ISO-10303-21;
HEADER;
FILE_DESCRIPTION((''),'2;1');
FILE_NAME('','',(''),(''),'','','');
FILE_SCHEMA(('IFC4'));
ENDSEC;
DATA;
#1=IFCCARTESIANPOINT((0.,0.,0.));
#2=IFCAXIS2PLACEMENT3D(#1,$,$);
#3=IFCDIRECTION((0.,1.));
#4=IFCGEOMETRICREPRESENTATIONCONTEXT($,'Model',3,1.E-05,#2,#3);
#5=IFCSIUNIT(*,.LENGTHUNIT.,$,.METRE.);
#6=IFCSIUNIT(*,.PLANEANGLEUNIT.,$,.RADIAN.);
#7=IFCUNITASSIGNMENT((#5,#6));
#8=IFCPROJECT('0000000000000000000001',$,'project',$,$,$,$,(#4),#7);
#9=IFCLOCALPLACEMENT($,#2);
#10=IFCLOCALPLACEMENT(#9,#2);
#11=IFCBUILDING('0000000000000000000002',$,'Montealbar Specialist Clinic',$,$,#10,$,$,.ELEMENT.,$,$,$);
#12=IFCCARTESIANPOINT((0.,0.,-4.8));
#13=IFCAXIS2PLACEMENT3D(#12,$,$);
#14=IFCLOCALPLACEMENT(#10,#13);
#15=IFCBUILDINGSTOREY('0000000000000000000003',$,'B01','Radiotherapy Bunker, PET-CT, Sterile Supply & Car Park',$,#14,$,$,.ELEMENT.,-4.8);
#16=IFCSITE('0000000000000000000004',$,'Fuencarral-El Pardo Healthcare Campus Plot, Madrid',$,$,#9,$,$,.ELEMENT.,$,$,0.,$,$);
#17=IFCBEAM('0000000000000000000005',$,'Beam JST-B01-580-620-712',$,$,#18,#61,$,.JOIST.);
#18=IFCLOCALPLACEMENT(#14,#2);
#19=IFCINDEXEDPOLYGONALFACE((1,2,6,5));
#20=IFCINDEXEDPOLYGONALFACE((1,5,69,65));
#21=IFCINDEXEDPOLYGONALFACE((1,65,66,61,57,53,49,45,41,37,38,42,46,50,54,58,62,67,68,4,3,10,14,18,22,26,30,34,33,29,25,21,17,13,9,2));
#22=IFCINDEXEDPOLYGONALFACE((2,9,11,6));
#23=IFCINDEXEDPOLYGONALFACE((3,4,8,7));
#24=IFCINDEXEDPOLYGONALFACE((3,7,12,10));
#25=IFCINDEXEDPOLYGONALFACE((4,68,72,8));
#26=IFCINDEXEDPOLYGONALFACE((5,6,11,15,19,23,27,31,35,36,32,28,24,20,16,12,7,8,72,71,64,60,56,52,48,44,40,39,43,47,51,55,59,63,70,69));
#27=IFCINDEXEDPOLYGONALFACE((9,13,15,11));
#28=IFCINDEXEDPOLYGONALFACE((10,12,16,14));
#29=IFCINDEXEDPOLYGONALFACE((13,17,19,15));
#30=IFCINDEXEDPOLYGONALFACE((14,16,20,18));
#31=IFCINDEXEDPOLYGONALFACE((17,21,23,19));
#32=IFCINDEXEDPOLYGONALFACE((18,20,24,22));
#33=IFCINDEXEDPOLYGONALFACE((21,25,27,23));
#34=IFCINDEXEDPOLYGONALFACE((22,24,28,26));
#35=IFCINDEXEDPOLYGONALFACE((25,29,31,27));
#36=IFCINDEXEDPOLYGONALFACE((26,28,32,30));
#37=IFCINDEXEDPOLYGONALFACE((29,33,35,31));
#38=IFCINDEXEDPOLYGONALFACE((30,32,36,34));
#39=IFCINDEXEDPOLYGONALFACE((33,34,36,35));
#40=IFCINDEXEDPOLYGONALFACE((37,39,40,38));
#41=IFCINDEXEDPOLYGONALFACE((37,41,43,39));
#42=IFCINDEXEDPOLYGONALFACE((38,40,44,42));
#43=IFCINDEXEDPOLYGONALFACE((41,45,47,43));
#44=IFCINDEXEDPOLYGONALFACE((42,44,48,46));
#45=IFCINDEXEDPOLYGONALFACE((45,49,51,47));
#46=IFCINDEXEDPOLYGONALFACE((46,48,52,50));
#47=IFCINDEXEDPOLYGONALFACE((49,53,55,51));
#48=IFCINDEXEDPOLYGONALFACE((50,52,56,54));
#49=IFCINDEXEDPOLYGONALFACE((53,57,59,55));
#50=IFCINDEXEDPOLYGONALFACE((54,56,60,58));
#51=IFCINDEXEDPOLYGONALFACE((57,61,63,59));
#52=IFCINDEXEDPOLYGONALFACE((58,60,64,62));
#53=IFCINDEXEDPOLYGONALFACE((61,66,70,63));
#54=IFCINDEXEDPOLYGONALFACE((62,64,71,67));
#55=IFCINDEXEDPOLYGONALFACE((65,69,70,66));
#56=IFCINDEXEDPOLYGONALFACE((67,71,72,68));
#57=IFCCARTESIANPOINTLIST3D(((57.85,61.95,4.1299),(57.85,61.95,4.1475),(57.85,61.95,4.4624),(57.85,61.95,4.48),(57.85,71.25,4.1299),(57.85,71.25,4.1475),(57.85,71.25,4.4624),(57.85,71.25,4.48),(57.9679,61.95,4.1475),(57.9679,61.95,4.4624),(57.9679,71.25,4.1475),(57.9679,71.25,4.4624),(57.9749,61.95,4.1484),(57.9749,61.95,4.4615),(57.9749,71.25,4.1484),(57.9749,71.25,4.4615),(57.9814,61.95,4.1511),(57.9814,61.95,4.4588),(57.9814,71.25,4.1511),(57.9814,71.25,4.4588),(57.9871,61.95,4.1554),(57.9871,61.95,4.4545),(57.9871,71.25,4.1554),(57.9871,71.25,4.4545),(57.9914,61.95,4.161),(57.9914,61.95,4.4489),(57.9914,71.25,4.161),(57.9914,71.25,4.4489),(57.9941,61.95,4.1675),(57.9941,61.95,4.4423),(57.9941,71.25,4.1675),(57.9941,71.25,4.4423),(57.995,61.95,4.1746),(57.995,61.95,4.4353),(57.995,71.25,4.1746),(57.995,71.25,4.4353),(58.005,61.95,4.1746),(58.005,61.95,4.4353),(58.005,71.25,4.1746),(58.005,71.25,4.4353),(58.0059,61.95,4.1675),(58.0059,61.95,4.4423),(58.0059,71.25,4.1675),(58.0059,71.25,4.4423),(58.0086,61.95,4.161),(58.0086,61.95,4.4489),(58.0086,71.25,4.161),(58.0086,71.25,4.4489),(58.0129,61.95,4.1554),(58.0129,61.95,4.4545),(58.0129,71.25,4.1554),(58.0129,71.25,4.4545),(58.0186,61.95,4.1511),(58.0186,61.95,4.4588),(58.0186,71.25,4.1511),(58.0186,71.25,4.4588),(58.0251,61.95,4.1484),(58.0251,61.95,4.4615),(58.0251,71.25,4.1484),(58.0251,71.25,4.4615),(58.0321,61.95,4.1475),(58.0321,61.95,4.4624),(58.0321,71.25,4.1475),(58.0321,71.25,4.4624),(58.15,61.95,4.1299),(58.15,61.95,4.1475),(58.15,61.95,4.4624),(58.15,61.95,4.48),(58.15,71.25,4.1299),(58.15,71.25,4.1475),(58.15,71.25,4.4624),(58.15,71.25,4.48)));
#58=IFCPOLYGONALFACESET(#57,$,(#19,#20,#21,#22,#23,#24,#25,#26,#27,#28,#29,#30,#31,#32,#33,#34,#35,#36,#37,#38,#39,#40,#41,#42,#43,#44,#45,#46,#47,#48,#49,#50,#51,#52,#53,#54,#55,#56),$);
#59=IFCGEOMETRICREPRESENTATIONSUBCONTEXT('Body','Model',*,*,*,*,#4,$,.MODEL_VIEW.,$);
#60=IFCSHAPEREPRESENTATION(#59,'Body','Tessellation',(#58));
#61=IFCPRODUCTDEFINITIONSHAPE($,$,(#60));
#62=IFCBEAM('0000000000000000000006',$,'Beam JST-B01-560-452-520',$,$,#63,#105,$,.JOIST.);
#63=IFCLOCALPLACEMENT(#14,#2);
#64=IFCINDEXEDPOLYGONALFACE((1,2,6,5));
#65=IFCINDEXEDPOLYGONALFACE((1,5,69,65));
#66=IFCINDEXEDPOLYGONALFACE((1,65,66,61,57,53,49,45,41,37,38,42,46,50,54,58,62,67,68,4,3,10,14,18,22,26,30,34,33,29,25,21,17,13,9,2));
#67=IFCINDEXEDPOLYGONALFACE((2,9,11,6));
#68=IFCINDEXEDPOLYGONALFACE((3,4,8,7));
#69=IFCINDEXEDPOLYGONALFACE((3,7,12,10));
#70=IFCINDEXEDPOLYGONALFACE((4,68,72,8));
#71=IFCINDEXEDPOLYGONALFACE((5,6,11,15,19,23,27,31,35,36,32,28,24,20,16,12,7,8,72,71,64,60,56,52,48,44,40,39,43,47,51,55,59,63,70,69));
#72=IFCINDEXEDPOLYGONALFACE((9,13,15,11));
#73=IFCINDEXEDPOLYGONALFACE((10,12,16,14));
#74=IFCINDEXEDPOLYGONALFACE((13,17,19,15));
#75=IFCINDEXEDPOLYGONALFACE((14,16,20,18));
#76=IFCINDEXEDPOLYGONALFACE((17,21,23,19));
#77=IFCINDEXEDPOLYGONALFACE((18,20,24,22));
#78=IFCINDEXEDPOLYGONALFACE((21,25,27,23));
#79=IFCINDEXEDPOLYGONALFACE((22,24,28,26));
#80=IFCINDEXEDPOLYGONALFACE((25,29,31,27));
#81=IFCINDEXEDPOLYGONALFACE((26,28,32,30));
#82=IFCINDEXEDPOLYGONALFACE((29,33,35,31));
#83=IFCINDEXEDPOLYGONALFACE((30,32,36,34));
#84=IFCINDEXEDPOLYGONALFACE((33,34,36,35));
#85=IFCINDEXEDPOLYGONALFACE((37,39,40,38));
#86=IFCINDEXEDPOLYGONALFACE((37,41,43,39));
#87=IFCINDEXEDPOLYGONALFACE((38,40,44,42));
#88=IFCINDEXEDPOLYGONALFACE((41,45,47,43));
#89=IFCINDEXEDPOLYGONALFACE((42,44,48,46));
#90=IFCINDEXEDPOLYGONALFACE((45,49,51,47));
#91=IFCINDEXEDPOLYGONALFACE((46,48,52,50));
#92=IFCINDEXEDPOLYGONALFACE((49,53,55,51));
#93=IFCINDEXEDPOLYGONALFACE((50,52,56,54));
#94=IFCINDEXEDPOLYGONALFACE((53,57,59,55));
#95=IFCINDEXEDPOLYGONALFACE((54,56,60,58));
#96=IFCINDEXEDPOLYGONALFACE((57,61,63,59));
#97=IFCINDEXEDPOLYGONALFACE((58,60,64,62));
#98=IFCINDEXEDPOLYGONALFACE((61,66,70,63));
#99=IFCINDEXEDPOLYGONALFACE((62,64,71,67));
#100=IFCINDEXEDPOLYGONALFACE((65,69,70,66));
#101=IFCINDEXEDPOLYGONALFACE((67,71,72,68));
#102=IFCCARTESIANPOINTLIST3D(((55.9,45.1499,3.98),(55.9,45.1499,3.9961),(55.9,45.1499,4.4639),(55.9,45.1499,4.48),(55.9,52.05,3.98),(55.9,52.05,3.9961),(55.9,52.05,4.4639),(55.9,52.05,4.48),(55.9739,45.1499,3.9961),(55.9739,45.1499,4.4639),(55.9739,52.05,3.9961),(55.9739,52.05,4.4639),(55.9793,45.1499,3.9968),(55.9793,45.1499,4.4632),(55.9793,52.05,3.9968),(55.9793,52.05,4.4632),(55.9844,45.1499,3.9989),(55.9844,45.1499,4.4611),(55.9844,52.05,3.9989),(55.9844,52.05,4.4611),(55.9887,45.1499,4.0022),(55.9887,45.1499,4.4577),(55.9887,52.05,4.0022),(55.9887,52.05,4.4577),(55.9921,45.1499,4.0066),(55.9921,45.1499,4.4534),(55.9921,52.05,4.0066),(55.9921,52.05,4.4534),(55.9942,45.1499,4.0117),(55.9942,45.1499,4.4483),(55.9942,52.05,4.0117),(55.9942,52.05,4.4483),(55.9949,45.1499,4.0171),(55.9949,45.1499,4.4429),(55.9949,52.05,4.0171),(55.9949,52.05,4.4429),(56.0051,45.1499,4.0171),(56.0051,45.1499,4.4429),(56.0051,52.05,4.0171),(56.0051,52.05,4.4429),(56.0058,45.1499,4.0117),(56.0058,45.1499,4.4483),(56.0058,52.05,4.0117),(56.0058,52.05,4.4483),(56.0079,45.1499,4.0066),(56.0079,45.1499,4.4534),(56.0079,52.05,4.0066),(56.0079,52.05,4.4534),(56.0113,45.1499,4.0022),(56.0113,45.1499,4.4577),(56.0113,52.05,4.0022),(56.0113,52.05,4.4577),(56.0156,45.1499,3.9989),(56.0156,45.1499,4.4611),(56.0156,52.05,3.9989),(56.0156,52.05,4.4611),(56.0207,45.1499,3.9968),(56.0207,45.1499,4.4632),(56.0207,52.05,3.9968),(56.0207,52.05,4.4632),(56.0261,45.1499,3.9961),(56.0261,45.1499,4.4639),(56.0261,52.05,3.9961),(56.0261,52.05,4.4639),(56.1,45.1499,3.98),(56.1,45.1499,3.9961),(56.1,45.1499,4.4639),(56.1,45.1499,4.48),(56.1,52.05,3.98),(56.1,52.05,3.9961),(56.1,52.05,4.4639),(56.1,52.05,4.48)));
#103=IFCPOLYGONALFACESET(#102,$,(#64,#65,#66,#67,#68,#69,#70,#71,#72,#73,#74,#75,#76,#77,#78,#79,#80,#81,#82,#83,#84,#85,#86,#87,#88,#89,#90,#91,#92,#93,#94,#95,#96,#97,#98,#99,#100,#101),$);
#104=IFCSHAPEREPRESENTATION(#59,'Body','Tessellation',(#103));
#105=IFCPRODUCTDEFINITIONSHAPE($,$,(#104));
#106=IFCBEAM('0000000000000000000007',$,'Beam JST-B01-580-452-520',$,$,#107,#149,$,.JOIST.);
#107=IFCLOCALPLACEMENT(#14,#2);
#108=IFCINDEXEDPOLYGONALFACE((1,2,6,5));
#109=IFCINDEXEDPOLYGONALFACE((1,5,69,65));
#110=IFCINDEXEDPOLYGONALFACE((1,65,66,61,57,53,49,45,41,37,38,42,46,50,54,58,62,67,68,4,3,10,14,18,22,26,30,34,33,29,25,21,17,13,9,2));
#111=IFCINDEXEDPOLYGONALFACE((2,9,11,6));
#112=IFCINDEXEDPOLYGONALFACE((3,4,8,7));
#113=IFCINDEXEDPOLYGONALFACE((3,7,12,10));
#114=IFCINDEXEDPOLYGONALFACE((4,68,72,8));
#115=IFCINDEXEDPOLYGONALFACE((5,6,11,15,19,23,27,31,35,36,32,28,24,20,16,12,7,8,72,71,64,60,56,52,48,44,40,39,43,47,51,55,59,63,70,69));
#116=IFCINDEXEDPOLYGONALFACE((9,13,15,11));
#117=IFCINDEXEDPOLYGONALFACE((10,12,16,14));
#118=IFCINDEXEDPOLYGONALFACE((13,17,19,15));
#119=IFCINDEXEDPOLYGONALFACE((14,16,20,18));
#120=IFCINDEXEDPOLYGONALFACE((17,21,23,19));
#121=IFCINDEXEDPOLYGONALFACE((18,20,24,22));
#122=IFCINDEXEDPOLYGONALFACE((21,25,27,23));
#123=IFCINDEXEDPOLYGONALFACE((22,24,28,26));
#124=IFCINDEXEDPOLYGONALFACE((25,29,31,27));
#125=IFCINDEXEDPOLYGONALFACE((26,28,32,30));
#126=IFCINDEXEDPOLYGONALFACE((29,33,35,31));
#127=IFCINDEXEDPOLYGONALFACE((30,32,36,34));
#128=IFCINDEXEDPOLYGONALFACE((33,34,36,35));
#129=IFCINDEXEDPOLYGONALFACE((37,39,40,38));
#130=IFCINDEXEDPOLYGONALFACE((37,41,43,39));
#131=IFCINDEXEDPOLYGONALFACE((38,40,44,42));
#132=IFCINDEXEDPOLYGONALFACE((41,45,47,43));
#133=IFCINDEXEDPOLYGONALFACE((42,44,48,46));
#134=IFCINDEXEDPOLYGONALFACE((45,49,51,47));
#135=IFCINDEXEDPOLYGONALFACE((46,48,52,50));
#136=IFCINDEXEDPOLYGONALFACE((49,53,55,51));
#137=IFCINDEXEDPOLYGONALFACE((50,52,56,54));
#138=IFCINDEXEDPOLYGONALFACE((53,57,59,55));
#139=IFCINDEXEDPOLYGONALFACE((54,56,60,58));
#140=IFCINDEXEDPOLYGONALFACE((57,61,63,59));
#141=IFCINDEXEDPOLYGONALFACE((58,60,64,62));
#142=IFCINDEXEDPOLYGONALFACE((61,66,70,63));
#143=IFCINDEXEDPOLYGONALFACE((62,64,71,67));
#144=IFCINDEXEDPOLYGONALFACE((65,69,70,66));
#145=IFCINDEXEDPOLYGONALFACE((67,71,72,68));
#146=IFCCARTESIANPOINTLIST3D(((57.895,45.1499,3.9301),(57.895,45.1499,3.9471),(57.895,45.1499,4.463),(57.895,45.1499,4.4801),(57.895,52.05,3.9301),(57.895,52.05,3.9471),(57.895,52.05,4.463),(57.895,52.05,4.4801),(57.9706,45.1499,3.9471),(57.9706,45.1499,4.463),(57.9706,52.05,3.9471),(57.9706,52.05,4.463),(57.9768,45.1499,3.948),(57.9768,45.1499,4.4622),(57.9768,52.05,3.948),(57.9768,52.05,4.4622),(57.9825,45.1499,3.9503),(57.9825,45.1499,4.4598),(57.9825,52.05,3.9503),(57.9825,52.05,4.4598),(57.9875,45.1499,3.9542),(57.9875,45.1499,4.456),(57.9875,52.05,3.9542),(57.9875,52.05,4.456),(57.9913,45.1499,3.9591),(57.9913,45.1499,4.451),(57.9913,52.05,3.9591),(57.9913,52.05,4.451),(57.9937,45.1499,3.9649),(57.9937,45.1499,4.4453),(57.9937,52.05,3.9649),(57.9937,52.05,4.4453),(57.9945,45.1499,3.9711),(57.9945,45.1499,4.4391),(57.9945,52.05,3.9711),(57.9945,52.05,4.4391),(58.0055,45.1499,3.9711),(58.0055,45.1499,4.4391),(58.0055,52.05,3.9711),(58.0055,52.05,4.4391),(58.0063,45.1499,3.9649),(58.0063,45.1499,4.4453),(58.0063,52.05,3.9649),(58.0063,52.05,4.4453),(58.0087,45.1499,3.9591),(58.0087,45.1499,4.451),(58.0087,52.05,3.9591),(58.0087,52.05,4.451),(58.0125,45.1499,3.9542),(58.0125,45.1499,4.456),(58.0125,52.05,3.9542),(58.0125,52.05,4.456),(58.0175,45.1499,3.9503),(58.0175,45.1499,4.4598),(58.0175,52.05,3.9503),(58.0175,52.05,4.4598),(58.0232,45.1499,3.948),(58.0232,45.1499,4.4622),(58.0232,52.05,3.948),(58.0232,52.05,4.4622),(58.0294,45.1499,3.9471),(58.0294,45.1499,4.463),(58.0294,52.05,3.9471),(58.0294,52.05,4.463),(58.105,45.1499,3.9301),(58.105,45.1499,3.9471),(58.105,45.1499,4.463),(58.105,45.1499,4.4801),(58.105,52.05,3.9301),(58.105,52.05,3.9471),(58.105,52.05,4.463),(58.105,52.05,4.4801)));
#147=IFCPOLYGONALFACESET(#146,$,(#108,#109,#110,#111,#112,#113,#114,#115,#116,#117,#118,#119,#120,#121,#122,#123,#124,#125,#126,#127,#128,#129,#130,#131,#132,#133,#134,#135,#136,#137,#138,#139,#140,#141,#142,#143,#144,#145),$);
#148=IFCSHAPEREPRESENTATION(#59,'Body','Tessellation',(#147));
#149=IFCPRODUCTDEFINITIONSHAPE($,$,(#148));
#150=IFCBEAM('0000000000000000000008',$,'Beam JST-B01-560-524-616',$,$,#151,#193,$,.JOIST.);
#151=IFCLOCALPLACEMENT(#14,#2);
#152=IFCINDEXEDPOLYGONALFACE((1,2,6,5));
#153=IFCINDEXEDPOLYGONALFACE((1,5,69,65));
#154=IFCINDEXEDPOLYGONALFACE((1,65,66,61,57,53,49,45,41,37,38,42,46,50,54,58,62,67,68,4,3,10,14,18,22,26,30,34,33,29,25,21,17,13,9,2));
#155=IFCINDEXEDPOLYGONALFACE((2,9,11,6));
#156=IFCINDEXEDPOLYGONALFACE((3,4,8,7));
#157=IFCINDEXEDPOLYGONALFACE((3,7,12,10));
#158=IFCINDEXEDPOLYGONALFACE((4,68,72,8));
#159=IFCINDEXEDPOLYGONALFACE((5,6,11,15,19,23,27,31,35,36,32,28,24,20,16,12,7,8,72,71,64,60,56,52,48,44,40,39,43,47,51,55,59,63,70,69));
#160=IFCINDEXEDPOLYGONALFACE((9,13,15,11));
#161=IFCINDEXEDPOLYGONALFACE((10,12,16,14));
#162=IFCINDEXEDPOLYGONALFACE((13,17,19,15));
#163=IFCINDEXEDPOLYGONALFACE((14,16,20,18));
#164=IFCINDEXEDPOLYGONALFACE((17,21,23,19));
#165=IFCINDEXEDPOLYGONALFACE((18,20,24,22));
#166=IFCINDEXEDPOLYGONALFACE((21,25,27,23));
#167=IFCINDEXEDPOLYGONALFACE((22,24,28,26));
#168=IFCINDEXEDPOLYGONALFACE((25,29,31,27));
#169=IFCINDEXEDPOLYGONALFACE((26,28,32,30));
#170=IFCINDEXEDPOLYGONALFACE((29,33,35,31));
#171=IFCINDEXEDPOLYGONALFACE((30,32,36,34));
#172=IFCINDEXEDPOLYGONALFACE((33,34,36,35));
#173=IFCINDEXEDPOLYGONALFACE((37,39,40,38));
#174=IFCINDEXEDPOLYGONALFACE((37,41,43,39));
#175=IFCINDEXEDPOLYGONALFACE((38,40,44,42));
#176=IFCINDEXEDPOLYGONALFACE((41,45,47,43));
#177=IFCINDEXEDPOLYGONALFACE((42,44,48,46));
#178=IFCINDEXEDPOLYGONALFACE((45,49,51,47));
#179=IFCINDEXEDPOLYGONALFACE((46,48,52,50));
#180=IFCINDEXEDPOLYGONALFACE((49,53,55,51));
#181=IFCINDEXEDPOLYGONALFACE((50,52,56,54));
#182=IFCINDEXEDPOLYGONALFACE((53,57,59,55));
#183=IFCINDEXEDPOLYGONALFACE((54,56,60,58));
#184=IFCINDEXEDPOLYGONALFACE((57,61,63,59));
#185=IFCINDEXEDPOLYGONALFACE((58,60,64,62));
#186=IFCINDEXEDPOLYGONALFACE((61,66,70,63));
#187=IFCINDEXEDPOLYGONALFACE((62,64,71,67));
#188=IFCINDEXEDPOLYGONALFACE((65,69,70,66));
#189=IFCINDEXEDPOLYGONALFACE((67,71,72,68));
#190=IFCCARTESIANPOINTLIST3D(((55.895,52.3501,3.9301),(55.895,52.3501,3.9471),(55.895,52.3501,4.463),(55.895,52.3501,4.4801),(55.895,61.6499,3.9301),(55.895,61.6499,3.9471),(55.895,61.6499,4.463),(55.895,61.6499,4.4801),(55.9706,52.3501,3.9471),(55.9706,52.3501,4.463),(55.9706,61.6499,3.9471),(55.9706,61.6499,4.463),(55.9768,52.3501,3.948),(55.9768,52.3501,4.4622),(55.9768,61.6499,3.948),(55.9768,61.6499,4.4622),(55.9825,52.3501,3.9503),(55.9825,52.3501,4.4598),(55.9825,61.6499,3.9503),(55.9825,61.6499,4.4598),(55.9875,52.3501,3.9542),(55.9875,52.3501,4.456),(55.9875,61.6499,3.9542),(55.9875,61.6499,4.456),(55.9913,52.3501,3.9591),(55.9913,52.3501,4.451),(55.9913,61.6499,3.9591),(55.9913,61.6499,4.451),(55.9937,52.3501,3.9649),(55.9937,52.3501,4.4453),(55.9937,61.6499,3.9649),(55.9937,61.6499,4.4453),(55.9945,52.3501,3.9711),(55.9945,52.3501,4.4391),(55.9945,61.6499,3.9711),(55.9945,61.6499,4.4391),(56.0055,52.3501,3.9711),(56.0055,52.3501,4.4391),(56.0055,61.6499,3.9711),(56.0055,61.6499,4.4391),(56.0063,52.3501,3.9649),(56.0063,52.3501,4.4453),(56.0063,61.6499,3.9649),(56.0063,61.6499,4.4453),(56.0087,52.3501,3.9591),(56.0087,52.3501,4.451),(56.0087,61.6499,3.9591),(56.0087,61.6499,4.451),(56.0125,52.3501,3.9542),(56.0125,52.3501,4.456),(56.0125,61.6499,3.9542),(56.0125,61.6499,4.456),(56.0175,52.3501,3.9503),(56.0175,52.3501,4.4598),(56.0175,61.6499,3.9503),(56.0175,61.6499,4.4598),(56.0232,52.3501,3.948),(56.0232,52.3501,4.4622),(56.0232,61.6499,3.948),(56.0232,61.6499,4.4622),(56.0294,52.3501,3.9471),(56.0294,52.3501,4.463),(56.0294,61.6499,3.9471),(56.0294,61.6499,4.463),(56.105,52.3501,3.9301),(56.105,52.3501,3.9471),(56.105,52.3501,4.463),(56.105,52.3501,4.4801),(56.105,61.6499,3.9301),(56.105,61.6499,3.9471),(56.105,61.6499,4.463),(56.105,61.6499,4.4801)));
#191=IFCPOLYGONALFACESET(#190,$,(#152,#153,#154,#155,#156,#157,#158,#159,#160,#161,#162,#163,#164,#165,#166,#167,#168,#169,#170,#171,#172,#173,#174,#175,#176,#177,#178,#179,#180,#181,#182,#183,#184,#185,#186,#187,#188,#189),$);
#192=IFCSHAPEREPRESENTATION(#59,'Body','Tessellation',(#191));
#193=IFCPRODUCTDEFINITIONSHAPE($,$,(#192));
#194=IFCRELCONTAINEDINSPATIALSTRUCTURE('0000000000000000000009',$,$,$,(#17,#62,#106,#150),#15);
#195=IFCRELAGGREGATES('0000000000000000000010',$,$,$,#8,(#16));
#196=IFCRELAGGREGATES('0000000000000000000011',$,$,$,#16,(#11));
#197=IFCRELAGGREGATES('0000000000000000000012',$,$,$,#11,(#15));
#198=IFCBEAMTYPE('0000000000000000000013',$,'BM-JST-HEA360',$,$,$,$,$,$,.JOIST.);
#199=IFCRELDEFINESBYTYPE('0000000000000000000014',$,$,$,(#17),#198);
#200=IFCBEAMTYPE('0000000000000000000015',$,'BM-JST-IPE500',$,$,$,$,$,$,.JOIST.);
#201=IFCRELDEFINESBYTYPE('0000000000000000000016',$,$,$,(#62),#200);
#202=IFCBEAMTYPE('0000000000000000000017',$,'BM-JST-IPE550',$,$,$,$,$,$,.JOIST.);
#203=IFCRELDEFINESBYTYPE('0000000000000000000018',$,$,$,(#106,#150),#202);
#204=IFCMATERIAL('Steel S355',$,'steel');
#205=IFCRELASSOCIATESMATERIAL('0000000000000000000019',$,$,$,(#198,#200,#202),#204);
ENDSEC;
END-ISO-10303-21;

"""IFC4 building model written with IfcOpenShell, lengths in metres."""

from ifc_helpers import new_model, si_unit, direction, frame, origin, origin_2d, place, context, subcontext, project, spatial, i_section, extrude, material, material_profile, profile_set, type_object, element, save


model = new_model("IFC4")

# Units and contexts
model_context = context("Model", 3, precision=1e-05, world=origin(), true_north=direction((0.0, 1.0)))
body_context = subcontext(model_context, "Body", "Model", "MODEL_VIEW")
ifc_project = project(units=[si_unit("LENGTHUNIT", "METRE"), si_unit("PLANEANGLEUNIT", "RADIAN")], contexts=[model_context])

# Site, building, storey
site_placement = place(None, origin())
site = spatial("IfcSite", under=ifc_project, at=site_placement, Name="Fuencarral-El Pardo Healthcare Campus Plot, Madrid", CompositionType="ELEMENT", RefElevation=0.0)
building_placement = place(site_placement, origin())
building = spatial("IfcBuilding", under=site, at=building_placement, Name="Montealbar Specialist Clinic", CompositionType="ELEMENT")
storey_placement = place(building_placement, frame((0.0, 0.0, -4.8)))
storey = spatial("IfcBuildingStorey", under=building, at=storey_placement, Name="B01", Description="Radiotherapy Bunker, PET-CT, Sterile Supply & Car Park", CompositionType="ELEMENT", Elevation=-4.8)

# Shared definitions
ifc_material_1 = material(Name="Steel S355", Category="steel")

# Beams
ifc_material_profile_1 = material_profile(ifc_material_1, i_section(OverallWidth=0.3, OverallDepth=0.3501, WebThickness=0.01, FlangeThickness=0.0176, FilletRadius=0.0271, at=origin_2d()), Name="HEA 360", Category="steel")
ifc_profile_set_1 = profile_set([ifc_material_profile_1], Name="Steel S355")
beam_type_1 = type_object("IfcBeamType", Name="BM-JST-HEA360", PredefinedType="JOIST", material=ifc_profile_set_1)
beam_1_placement = place(storey_placement, frame((58.0, 61.95, 4.3049), z_axis=(0.0, 1.0, 0.0), x_axis=(-1.0, 0.0, 0.0)))
element("IfcBeam", 1, at=beam_1_placement, inside=storey, type_object=beam_type_1, Name="Beam JST-B01-580-620-712", PredefinedType="JOIST", context=body_context, shape_type="SweptSolid", body=[
    extrude(i_section(OverallWidth=0.3, OverallDepth=0.3501, WebThickness=0.01, FlangeThickness=0.0176, FilletRadius=0.0271, at=origin_2d()), origin(), (0.0, 0.0, 1.0), 9.3),
])
ifc_material_profile_2 = material_profile(ifc_material_1, i_section(OverallWidth=0.2, OverallDepth=0.5, WebThickness=0.0103, FlangeThickness=0.0161, FilletRadius=0.021, at=origin_2d()), Name="IPE 500", Category="steel")
ifc_profile_set_2 = profile_set([ifc_material_profile_2], Name="Steel S355")
beam_type_2 = type_object("IfcBeamType", Name="BM-JST-IPE500", PredefinedType="JOIST", material=ifc_profile_set_2)
beam_2_placement = place(storey_placement, frame((56.0, 45.1499, 4.23), z_axis=(0.0, 1.0, 0.0), x_axis=(-1.0, 0.0, 0.0)))
element("IfcBeam", 2, at=beam_2_placement, inside=storey, type_object=beam_type_2, Name="Beam JST-B01-560-452-520", PredefinedType="JOIST", context=body_context, shape_type="SweptSolid", body=[
    extrude(i_section(OverallWidth=0.2, OverallDepth=0.5, WebThickness=0.0103, FlangeThickness=0.0161, FilletRadius=0.021, at=origin_2d()), origin(), (0.0, 0.0, 1.0), 6.9001),
])
ifc_material_profile_3 = material_profile(ifc_material_1, i_section(OverallWidth=0.21, OverallDepth=0.55, WebThickness=0.011, FlangeThickness=0.0171, FilletRadius=0.0239, at=origin_2d()), Name="IPE 550", Category="steel")
ifc_profile_set_3 = profile_set([ifc_material_profile_3], Name="Steel S355")
beam_type_3 = type_object("IfcBeamType", Name="BM-JST-IPE550", PredefinedType="JOIST", material=ifc_profile_set_3)
beam_3_placement = place(storey_placement, frame((58.0, 45.1499, 4.2051), z_axis=(0.0, 1.0, 0.0), x_axis=(-1.0, 0.0, 0.0)))
element("IfcBeam", 3, at=beam_3_placement, inside=storey, type_object=beam_type_3, Name="Beam JST-B01-580-452-520", PredefinedType="JOIST", context=body_context, shape_type="SweptSolid", body=[
    extrude(i_section(OverallWidth=0.21, OverallDepth=0.55, WebThickness=0.011, FlangeThickness=0.0171, FilletRadius=0.0239, at=origin_2d()), origin(), (0.0, 0.0, 1.0), 6.9001),
])
beam_4_placement = place(storey_placement, frame((56.0, 52.3501, 4.2051), z_axis=(0.0, 1.0, 0.0), x_axis=(-1.0, 0.0, 0.0)))
element("IfcBeam", 4, at=beam_4_placement, inside=storey, type_object=beam_type_3, Name="Beam JST-B01-560-524-616", PredefinedType="JOIST", context=body_context, shape_type="SweptSolid", body=[
    extrude(i_section(OverallWidth=0.21, OverallDepth=0.55, WebThickness=0.011, FlangeThickness=0.0171, FilletRadius=0.0239, at=origin_2d()), origin(), (0.0, 0.0, 1.0), 9.2998),
])

save(model, "model.ifc")
